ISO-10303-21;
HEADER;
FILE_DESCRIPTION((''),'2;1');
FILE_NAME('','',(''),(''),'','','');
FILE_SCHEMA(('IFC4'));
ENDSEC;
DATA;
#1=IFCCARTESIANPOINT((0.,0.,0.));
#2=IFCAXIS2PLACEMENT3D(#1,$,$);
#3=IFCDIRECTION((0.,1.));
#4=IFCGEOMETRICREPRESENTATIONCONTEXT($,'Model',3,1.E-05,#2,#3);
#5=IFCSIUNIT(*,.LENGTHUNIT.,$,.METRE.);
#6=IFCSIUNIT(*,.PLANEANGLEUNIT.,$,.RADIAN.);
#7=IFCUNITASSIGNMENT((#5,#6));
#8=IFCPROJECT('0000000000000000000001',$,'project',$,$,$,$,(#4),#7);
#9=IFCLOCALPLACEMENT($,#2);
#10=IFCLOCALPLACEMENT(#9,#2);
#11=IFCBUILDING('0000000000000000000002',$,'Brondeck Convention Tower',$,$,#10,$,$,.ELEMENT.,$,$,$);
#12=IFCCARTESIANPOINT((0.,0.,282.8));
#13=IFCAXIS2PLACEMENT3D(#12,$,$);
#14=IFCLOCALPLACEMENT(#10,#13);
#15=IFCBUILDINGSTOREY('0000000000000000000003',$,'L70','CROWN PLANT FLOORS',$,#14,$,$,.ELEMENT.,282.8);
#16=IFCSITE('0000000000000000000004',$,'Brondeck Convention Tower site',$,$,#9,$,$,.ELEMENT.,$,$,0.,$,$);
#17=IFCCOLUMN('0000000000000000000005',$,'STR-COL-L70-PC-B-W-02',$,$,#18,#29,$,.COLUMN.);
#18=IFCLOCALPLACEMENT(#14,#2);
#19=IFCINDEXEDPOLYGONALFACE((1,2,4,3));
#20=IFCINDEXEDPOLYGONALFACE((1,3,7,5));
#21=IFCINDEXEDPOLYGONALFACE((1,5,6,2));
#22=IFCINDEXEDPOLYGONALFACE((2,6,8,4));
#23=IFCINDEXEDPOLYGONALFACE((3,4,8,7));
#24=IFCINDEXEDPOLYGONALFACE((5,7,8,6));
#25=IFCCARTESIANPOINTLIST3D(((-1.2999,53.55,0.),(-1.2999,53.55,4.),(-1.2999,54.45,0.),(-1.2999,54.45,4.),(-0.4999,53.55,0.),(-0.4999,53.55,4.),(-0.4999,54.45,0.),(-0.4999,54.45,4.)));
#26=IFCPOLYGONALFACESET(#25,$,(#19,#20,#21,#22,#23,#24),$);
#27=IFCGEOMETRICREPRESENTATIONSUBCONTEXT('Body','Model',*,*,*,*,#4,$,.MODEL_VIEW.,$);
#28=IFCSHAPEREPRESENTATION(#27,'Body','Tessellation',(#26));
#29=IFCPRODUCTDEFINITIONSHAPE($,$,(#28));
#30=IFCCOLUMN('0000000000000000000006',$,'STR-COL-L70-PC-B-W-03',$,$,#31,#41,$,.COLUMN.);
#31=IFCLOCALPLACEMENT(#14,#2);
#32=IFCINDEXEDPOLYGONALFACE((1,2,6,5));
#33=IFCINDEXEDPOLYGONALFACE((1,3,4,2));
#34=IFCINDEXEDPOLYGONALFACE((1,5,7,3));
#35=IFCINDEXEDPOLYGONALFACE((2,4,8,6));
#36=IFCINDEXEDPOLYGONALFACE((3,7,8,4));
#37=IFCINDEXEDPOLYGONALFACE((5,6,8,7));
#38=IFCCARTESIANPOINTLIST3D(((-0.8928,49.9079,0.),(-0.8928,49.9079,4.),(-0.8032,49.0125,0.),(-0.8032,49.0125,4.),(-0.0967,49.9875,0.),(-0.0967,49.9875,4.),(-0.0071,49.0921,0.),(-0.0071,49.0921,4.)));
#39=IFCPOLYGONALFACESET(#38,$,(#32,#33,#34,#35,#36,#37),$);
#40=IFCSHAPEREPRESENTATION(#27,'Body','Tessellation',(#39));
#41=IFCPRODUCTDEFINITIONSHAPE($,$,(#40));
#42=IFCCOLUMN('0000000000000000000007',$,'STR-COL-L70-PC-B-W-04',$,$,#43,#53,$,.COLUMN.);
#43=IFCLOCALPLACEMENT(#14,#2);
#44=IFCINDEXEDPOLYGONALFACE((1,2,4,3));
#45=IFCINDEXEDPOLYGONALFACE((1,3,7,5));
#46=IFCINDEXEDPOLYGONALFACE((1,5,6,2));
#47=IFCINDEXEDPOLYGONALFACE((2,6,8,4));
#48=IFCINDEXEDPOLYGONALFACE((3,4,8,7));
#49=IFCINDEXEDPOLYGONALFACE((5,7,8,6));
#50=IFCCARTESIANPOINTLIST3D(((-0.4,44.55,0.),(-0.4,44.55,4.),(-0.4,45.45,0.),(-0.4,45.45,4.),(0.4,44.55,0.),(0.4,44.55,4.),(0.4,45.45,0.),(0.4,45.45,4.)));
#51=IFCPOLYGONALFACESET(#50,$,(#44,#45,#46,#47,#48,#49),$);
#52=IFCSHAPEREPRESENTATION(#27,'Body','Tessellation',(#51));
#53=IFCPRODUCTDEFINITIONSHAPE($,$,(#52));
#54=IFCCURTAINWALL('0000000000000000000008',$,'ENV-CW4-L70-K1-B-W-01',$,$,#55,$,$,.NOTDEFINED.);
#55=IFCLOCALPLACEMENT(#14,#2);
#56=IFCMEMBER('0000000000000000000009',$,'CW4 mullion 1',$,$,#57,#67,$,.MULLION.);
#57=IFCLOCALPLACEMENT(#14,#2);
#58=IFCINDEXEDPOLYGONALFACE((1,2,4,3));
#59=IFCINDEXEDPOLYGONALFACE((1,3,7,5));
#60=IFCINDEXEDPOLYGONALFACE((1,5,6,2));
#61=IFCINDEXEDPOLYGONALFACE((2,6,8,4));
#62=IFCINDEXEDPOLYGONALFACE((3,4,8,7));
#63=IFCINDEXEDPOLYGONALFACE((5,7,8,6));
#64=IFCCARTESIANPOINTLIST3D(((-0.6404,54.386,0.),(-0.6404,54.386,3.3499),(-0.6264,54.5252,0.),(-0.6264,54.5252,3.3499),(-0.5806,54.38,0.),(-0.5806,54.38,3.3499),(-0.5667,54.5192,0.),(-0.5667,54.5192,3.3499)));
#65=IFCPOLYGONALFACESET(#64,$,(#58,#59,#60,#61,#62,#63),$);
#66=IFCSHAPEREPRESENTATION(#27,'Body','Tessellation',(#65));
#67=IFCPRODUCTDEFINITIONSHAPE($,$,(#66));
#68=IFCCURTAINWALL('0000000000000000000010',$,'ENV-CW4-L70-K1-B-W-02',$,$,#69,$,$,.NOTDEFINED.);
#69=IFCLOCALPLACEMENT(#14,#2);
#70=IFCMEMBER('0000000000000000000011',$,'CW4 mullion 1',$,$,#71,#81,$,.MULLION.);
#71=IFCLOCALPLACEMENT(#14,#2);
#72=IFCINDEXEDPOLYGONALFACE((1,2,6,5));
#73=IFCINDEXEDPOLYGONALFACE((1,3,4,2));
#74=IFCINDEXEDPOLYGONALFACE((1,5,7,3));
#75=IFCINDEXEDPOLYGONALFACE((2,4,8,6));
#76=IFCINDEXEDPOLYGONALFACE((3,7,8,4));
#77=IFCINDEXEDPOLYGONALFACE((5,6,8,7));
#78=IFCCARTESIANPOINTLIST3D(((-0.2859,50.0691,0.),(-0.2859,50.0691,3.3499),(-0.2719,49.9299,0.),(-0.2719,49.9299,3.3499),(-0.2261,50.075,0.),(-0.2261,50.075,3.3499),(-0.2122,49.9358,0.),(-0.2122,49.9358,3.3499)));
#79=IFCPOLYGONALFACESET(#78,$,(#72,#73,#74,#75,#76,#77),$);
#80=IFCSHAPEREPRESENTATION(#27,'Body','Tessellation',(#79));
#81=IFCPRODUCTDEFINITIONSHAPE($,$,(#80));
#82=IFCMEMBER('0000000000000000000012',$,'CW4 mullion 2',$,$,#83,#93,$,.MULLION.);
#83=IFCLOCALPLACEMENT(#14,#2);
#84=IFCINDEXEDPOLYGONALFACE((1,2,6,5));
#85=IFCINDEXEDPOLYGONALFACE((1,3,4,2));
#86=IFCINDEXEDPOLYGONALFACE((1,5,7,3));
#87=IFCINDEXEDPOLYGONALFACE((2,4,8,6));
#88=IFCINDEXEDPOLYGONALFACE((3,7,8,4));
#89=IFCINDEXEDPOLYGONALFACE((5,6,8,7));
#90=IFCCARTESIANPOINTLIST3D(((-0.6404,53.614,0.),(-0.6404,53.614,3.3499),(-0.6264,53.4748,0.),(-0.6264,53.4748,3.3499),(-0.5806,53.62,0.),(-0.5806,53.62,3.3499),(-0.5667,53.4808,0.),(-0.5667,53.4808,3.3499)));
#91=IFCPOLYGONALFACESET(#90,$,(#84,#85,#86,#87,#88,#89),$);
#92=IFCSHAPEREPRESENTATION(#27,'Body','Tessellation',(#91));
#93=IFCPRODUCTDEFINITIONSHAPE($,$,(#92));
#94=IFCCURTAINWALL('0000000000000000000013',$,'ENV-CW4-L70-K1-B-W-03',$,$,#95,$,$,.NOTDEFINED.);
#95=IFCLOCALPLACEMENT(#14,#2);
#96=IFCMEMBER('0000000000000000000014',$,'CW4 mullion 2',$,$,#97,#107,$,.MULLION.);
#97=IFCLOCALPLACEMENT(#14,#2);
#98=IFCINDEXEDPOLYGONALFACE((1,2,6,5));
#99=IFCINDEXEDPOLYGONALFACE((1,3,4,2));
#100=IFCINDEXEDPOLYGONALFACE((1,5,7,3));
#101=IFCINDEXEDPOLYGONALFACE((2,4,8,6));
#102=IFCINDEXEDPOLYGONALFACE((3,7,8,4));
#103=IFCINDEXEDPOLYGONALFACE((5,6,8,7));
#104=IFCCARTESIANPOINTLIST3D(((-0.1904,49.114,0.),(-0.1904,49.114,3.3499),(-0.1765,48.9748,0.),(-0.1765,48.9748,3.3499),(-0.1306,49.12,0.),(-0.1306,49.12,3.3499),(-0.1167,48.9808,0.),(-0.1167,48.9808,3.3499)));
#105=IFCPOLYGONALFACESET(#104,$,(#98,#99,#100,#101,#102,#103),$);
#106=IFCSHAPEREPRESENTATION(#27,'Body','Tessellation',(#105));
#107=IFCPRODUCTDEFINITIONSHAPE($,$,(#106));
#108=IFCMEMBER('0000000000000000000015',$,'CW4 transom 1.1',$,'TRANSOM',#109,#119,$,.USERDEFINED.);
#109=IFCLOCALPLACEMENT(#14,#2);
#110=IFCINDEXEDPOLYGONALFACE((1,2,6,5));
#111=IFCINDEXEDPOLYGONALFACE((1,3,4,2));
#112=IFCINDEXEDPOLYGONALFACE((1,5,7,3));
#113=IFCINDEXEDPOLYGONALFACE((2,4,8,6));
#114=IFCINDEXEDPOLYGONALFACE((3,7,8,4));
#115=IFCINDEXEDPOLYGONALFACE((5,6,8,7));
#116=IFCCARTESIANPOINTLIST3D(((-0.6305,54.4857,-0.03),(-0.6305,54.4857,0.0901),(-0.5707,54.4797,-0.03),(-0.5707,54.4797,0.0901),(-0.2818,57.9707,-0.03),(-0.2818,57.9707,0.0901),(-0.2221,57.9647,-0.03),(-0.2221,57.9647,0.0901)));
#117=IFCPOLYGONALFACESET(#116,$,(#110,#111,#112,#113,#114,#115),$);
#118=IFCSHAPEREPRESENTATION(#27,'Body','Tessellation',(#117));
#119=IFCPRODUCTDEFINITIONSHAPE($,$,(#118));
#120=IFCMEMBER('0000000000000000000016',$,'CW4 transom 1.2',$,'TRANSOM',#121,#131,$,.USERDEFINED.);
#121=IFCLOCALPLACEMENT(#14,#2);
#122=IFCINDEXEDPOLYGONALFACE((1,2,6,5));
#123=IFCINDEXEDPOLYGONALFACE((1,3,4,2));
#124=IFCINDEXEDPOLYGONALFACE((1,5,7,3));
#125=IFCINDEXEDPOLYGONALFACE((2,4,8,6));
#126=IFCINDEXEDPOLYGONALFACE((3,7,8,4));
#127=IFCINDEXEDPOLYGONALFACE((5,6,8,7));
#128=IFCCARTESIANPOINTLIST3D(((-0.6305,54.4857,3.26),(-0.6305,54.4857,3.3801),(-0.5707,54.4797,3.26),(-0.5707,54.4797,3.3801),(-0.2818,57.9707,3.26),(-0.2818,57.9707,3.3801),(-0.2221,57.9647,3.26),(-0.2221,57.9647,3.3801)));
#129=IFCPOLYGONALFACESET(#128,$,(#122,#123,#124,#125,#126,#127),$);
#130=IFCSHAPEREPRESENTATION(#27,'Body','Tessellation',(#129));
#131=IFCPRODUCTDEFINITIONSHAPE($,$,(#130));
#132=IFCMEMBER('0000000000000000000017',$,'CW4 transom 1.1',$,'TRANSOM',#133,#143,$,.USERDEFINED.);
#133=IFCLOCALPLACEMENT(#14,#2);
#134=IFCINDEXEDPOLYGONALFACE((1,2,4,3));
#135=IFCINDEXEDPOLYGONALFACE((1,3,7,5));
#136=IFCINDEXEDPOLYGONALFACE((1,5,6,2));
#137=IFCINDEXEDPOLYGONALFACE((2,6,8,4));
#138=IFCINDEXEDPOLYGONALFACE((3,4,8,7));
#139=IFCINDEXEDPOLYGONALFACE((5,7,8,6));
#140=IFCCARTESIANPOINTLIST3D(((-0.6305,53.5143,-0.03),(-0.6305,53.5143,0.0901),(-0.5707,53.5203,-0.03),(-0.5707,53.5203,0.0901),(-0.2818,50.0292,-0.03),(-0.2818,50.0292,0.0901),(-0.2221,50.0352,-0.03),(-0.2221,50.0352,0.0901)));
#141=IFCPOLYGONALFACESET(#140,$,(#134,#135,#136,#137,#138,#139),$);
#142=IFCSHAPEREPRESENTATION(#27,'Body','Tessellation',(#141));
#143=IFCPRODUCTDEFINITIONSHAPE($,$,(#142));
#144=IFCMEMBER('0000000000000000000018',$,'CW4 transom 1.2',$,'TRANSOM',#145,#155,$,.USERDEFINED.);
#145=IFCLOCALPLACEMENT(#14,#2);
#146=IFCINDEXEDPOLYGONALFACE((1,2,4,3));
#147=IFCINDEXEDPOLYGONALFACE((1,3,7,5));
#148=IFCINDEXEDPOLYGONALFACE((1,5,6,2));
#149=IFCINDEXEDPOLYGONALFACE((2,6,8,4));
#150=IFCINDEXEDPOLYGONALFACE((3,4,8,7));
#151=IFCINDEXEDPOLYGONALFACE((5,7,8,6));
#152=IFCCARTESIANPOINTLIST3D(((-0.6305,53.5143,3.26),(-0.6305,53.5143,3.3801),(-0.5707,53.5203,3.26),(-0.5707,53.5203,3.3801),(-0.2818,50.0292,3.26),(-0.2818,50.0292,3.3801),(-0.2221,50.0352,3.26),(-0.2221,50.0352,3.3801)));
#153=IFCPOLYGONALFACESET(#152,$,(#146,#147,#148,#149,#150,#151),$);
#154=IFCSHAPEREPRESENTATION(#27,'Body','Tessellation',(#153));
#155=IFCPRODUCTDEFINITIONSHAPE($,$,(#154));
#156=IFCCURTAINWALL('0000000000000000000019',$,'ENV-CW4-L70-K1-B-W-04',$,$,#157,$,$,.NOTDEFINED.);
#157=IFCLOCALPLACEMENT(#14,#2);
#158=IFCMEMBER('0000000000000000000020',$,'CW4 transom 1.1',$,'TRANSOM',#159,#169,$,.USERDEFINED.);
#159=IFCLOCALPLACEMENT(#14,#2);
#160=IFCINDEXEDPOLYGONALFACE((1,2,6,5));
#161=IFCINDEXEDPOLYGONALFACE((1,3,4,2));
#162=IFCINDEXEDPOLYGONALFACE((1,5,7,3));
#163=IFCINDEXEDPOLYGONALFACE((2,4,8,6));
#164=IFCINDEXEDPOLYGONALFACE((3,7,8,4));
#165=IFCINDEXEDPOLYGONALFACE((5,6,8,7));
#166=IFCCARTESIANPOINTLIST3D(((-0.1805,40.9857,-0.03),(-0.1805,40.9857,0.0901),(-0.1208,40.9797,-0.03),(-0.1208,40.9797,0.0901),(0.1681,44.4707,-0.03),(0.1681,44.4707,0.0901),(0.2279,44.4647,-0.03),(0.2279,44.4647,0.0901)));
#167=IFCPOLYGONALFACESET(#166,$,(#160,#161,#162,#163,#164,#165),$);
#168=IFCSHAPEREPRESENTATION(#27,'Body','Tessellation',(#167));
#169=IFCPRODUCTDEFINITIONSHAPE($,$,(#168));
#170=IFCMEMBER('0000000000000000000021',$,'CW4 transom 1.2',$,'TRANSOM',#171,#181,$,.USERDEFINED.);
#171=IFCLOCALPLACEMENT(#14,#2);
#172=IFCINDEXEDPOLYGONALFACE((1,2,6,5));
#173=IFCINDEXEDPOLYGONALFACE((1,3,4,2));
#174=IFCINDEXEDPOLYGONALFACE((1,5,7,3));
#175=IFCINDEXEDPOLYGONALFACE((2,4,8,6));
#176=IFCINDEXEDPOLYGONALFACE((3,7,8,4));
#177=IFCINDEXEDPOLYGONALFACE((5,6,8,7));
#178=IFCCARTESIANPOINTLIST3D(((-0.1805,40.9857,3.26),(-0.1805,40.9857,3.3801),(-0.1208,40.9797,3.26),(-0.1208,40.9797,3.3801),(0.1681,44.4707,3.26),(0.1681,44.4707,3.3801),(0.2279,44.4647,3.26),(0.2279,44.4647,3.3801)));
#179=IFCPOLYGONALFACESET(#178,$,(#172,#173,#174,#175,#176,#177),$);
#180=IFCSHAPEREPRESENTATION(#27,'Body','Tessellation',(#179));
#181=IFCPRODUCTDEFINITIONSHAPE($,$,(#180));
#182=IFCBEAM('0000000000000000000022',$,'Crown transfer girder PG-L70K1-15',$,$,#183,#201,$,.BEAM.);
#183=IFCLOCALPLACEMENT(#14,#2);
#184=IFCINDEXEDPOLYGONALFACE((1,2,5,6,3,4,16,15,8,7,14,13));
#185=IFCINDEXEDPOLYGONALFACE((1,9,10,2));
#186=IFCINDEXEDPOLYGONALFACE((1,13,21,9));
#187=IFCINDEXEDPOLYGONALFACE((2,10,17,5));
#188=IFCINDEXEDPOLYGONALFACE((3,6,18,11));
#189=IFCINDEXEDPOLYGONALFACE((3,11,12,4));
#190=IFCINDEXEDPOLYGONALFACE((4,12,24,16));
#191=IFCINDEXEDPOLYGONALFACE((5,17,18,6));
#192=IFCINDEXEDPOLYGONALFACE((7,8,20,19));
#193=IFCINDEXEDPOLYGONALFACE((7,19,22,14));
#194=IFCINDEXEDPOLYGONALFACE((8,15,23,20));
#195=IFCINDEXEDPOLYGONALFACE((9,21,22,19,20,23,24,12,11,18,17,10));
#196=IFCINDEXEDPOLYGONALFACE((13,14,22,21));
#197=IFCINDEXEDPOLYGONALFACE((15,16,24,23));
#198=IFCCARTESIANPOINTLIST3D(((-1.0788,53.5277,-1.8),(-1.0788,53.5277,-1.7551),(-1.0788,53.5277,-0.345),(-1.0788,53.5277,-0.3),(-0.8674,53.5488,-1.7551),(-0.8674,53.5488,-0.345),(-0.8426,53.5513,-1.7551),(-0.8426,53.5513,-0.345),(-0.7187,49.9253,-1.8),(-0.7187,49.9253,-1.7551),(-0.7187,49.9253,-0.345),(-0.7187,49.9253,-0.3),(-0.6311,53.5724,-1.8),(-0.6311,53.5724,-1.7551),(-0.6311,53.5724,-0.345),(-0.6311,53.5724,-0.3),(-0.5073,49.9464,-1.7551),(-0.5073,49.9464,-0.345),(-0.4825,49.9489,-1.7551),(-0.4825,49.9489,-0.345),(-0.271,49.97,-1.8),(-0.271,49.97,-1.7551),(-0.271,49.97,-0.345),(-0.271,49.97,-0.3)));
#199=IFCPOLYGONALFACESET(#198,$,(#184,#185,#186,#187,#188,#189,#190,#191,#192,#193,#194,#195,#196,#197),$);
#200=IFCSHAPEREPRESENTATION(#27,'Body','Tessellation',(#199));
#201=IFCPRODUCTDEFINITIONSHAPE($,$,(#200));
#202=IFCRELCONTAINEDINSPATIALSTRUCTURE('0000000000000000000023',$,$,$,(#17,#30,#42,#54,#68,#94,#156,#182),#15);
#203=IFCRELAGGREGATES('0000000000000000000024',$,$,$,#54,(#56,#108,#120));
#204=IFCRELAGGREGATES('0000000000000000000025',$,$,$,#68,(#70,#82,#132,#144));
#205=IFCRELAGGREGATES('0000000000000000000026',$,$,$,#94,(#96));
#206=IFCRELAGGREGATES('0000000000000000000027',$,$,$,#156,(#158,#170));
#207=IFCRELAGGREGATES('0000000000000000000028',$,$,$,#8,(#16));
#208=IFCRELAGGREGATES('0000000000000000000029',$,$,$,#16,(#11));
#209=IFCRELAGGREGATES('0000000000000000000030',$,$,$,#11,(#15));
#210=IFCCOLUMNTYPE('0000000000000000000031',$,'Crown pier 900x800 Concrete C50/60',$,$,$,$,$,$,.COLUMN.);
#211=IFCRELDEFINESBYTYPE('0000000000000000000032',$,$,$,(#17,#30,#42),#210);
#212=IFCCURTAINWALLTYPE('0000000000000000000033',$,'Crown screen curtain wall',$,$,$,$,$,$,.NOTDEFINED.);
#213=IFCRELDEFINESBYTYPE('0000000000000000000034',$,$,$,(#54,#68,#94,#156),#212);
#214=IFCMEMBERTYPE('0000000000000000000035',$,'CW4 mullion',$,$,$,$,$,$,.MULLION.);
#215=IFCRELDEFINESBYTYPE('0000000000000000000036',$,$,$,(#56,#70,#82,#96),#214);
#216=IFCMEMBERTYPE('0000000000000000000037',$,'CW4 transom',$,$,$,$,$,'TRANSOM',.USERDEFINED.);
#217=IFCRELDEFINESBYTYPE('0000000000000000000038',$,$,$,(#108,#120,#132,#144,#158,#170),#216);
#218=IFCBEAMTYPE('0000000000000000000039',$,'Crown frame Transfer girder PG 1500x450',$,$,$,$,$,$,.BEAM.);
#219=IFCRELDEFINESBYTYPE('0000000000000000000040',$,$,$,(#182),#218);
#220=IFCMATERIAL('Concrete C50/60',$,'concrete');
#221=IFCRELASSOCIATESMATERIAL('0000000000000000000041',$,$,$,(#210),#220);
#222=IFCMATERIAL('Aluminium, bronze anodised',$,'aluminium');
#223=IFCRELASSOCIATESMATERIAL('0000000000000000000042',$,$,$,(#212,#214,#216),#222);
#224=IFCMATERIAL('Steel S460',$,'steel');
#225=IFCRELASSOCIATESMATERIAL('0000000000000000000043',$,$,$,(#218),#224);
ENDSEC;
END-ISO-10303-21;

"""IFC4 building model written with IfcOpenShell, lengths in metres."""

from ifc_helpers import new_model, si_unit, direction, frame, origin, origin_2d, place, context, subcontext, project, spatial, rectangle, i_section, extrude, material, material_profile, profile_set, type_object, element, aggregate, save


model = new_model("IFC4")

# Units and contexts
model_context = context("Model", 3, precision=1e-05, world=origin(), true_north=direction((0.0, 1.0)))
body_context = subcontext(model_context, "Body", "Model", "MODEL_VIEW")
ifc_project = project(units=[si_unit("LENGTHUNIT", "METRE"), si_unit("PLANEANGLEUNIT", "RADIAN")], contexts=[model_context])

# Site, building, storey
site_placement = place(None, origin())
site = spatial("IfcSite", under=ifc_project, at=site_placement, Name="Brondeck Convention Tower site", CompositionType="ELEMENT", RefElevation=0.0)
building_placement = place(site_placement, origin())
building = spatial("IfcBuilding", under=site, at=building_placement, Name="Brondeck Convention Tower", CompositionType="ELEMENT")
storey_placement = place(building_placement, frame((0.0, 0.0, 282.8)))
storey = spatial("IfcBuildingStorey", under=building, at=storey_placement, Name="L70", Description="CROWN PLANT FLOORS", CompositionType="ELEMENT", Elevation=282.8)

# Columns
ifc_material_1 = material(Name="Concrete C50/60", Category="concrete")
ifc_material_profile_1 = material_profile(ifc_material_1, rectangle(XDim=0.8999, YDim=0.8, at=origin_2d()), Name="Crown pier 900x800 Concrete C50/60")
ifc_profile_set_1 = profile_set([ifc_material_profile_1], Name="Concrete C50/60")
column_type = type_object("IfcColumnType", Name="Crown pier 900x800 Concrete C50/60", PredefinedType="COLUMN", material=ifc_profile_set_1)
for number, where, z_axis, x_axis, name in (
    (1, (-0.8999, 54.0, 0.0), (0.0, 0.0, 1.0), (0.0, -1.0, 0.0), "STR-COL-L70-PC-B-W-02"),
    (2, (-0.45, 49.5, 0.0), (0.0, 0.0, 1.0), (0.099504, -0.995037, 0.0), "STR-COL-L70-PC-B-W-03"),
    (3, (0.0, 45.0, 0.0), (0.0, 0.0, 1.0), (0.0, -1.0, 0.0), "STR-COL-L70-PC-B-W-04"),
):
    element("IfcColumn", number, at=place(storey_placement, frame(where, z_axis=z_axis, x_axis=x_axis)), inside=storey, type_object=column_type, Name=name, PredefinedType="COLUMN", context=body_context, shape_type="SweptSolid", body=[
        extrude(rectangle(XDim=0.8999, YDim=0.8, at=origin_2d()), origin(), (0.0, 0.0, 1.0), 4.0),
    ])

# Curtain wall, member
ifc_material_2 = material(Name="Aluminium, bronze anodised", Category="aluminium")
curtain_wall_type = type_object("IfcCurtainWallType", Name="Crown screen curtain wall", PredefinedType="NOTDEFINED", material=ifc_material_2)
curtain_wall_1_placement = place(storey_placement, origin())
curtain_wall_1 = element("IfcCurtainWall", 4, at=curtain_wall_1_placement, inside=storey, type_object=curtain_wall_type, Name="ENV-CW4-L70-K1-B-W-01", PredefinedType="NOTDEFINED")
ifc_material_profile_2 = material_profile(ifc_material_2, rectangle(XDim=0.0601, YDim=0.1399, at=origin_2d()), Name="CW4 mullion")
ifc_profile_set_2 = profile_set([ifc_material_profile_2], Name="Aluminium, bronze anodised")
member_type_1 = type_object("IfcMemberType", Name="CW4 mullion", PredefinedType="MULLION", material=ifc_profile_set_2)
member_1_placement = place(storey_placement, frame((-0.6035, 54.4526, 0.0), z_axis=(0.0, 0.0, 1.0), x_axis=(-0.995036, 0.099517, 0.0)))
member_1 = element("IfcMember", 5, at=member_1_placement, type_object=member_type_1, Name="CW4 mullion 1", PredefinedType="MULLION", context=body_context, shape_type="SweptSolid", body=[
    extrude(rectangle(XDim=0.0601, YDim=0.1399, at=origin_2d()), origin(), (0.0, 0.0, 1.0), 3.3499),
])

# Curtain wall, members
curtain_wall_2_placement = place(storey_placement, origin())
curtain_wall_2 = element("IfcCurtainWall", 6, at=curtain_wall_2_placement, inside=storey, type_object=curtain_wall_type, Name="ENV-CW4-L70-K1-B-W-02", PredefinedType="NOTDEFINED")
member_2_placement = place(storey_placement, frame((-0.249, 50.0024, 0.0), z_axis=(0.0, 0.0, 1.0), x_axis=(-0.995036, -0.099517, 0.0)))
member_2 = element("IfcMember", 7, at=member_2_placement, type_object=member_type_1, Name="CW4 mullion 1", PredefinedType="MULLION", context=body_context, shape_type="SweptSolid", body=[
    extrude(rectangle(XDim=0.0601, YDim=0.1399, at=origin_2d()), origin(), (0.0, 0.0, 1.0), 3.3499),
])
member_3_placement = place(storey_placement, frame((-0.6035, 53.5474, 0.0), z_axis=(0.0, 0.0, 1.0), x_axis=(-0.995036, -0.099517, 0.0)))
member_3 = element("IfcMember", 8, at=member_3_placement, type_object=member_type_1, Name="CW4 mullion 2", PredefinedType="MULLION", context=body_context, shape_type="SweptSolid", body=[
    extrude(rectangle(XDim=0.0601, YDim=0.1399, at=origin_2d()), origin(), (0.0, 0.0, 1.0), 3.3499),
])

# Curtain wall, member
curtain_wall_3_placement = place(storey_placement, origin())
curtain_wall_3 = element("IfcCurtainWall", 9, at=curtain_wall_3_placement, inside=storey, type_object=curtain_wall_type, Name="ENV-CW4-L70-K1-B-W-03", PredefinedType="NOTDEFINED")
member_4_placement = place(storey_placement, frame((-0.1536, 49.0474, 0.0), z_axis=(0.0, 0.0, 1.0), x_axis=(-0.995036, -0.099517, 0.0)))
member_4 = element("IfcMember", 10, at=member_4_placement, type_object=member_type_1, Name="CW4 mullion 2", PredefinedType="MULLION", context=body_context, shape_type="SweptSolid", body=[
    extrude(rectangle(XDim=0.0601, YDim=0.1399, at=origin_2d()), origin(), (0.0, 0.0, 1.0), 3.3499),
])

# Members
ifc_material_profile_3 = material_profile(ifc_material_2, rectangle(XDim=0.0601, YDim=0.1201, at=origin_2d()), Name="CW4 transom")
ifc_profile_set_3 = profile_set([ifc_material_profile_3], Name="Aluminium, bronze anodised")
member_type_2 = type_object("IfcMemberType", Name="CW4 transom", ElementType="TRANSOM", PredefinedType="USERDEFINED", material=ifc_profile_set_3)
member_5_placement = place(storey_placement, frame((-0.6006, 54.4827, 0.03), z_axis=(0.099538, 0.995034, 0.0), x_axis=(-0.995034, 0.099538, 0.0)))
member_5 = element("IfcMember", 11, at=member_5_placement, type_object=member_type_2, Name="CW4 transom 1.1", ObjectType="TRANSOM", PredefinedType="USERDEFINED", context=body_context, shape_type="SweptSolid", body=[
    extrude(rectangle(XDim=0.0601, YDim=0.1201, at=origin_2d()), origin(), (0.0, 0.0, 1.0), 3.5024),
])
member_6_placement = place(storey_placement, frame((-0.6006, 54.4827, 3.3201), z_axis=(0.099538, 0.995034, 0.0), x_axis=(-0.995034, 0.099538, 0.0)))
member_6 = element("IfcMember", 12, at=member_6_placement, type_object=member_type_2, Name="CW4 transom 1.2", ObjectType="TRANSOM", PredefinedType="USERDEFINED", context=body_context, shape_type="SweptSolid", body=[
    extrude(rectangle(XDim=0.0601, YDim=0.1201, at=origin_2d()), origin(), (0.0, 0.0, 1.0), 3.5024),
])
aggregate(curtain_wall_1, [member_1, member_5, member_6])
member_7_placement = place(storey_placement, frame((-0.252, 50.0322, 0.03), z_axis=(-0.099538, 0.995034, 0.0), x_axis=(-0.995034, -0.099538, 0.0)))
member_7 = element("IfcMember", 13, at=member_7_placement, type_object=member_type_2, Name="CW4 transom 1.1", ObjectType="TRANSOM", PredefinedType="USERDEFINED", context=body_context, shape_type="SweptSolid", body=[
    extrude(rectangle(XDim=0.0601, YDim=0.1201, at=origin_2d()), origin(), (0.0, 0.0, 1.0), 3.5024),
])
member_8_placement = place(storey_placement, frame((-0.252, 50.0322, 3.3201), z_axis=(-0.099538, 0.995034, 0.0), x_axis=(-0.995034, -0.099538, 0.0)))
member_8 = element("IfcMember", 14, at=member_8_placement, type_object=member_type_2, Name="CW4 transom 1.2", ObjectType="TRANSOM", PredefinedType="USERDEFINED", context=body_context, shape_type="SweptSolid", body=[
    extrude(rectangle(XDim=0.0601, YDim=0.1201, at=origin_2d()), origin(), (0.0, 0.0, 1.0), 3.5024),
])

# Curtain wall, members
curtain_wall_4_placement = place(storey_placement, origin())
curtain_wall_4 = element("IfcCurtainWall", 15, at=curtain_wall_4_placement, inside=storey, type_object=curtain_wall_type, Name="ENV-CW4-L70-K1-B-W-04", PredefinedType="NOTDEFINED")
member_9_placement = place(storey_placement, frame((-0.1506, 40.9827, 0.03), z_axis=(0.099538, 0.995034, 0.0), x_axis=(-0.995034, 0.099538, 0.0)))
member_9 = element("IfcMember", 16, at=member_9_placement, type_object=member_type_2, Name="CW4 transom 1.1", ObjectType="TRANSOM", PredefinedType="USERDEFINED", context=body_context, shape_type="SweptSolid", body=[
    extrude(rectangle(XDim=0.0601, YDim=0.1201, at=origin_2d()), origin(), (0.0, 0.0, 1.0), 3.5024),
])
member_10_placement = place(storey_placement, frame((-0.1506, 40.9827, 3.3201), z_axis=(0.099538, 0.995034, 0.0), x_axis=(-0.995034, 0.099538, 0.0)))
member_10 = element("IfcMember", 17, at=member_10_placement, type_object=member_type_2, Name="CW4 transom 1.2", ObjectType="TRANSOM", PredefinedType="USERDEFINED", context=body_context, shape_type="SweptSolid", body=[
    extrude(rectangle(XDim=0.0601, YDim=0.1201, at=origin_2d()), origin(), (0.0, 0.0, 1.0), 3.5024),
])

# Beam
ifc_material_3 = material(Name="Steel S460", Category="steel")
ifc_material_profile_4 = material_profile(ifc_material_3, i_section(OverallWidth=0.45, OverallDepth=1.5, WebThickness=0.0249, FlangeThickness=0.0449, at=origin_2d()), Name="PG 1500x450")
ifc_profile_set_4 = profile_set([ifc_material_profile_4], Name="Steel S460")
beam_type = type_object("IfcBeamType", Name="Crown frame Transfer girder PG 1500x450", PredefinedType="BEAM", material=ifc_profile_set_4)
for number, where, z_axis, x_axis, name in (
    (18, (-0.855, 53.55, -1.05), (0.09947, -0.995041, 0.0), (0.995041, 0.09947, 0.0), "Crown transfer girder PG-L70K1-15"),
):
    element("IfcBeam", number, at=place(storey_placement, frame(where, z_axis=z_axis, x_axis=x_axis)), inside=storey, type_object=beam_type, Name=name, PredefinedType="BEAM", context=body_context, shape_type="SweptSolid", body=[
        extrude(i_section(OverallWidth=0.45, OverallDepth=1.5, WebThickness=0.0249, FlangeThickness=0.0449, at=origin_2d()), origin(), (0.0, 0.0, 1.0), 3.6204),
    ])

aggregate(curtain_wall_2, [member_2, member_3, member_7, member_8])
aggregate(curtain_wall_3, [member_4])
aggregate(curtain_wall_4, [member_9, member_10])

save(model, "model.ifc")
